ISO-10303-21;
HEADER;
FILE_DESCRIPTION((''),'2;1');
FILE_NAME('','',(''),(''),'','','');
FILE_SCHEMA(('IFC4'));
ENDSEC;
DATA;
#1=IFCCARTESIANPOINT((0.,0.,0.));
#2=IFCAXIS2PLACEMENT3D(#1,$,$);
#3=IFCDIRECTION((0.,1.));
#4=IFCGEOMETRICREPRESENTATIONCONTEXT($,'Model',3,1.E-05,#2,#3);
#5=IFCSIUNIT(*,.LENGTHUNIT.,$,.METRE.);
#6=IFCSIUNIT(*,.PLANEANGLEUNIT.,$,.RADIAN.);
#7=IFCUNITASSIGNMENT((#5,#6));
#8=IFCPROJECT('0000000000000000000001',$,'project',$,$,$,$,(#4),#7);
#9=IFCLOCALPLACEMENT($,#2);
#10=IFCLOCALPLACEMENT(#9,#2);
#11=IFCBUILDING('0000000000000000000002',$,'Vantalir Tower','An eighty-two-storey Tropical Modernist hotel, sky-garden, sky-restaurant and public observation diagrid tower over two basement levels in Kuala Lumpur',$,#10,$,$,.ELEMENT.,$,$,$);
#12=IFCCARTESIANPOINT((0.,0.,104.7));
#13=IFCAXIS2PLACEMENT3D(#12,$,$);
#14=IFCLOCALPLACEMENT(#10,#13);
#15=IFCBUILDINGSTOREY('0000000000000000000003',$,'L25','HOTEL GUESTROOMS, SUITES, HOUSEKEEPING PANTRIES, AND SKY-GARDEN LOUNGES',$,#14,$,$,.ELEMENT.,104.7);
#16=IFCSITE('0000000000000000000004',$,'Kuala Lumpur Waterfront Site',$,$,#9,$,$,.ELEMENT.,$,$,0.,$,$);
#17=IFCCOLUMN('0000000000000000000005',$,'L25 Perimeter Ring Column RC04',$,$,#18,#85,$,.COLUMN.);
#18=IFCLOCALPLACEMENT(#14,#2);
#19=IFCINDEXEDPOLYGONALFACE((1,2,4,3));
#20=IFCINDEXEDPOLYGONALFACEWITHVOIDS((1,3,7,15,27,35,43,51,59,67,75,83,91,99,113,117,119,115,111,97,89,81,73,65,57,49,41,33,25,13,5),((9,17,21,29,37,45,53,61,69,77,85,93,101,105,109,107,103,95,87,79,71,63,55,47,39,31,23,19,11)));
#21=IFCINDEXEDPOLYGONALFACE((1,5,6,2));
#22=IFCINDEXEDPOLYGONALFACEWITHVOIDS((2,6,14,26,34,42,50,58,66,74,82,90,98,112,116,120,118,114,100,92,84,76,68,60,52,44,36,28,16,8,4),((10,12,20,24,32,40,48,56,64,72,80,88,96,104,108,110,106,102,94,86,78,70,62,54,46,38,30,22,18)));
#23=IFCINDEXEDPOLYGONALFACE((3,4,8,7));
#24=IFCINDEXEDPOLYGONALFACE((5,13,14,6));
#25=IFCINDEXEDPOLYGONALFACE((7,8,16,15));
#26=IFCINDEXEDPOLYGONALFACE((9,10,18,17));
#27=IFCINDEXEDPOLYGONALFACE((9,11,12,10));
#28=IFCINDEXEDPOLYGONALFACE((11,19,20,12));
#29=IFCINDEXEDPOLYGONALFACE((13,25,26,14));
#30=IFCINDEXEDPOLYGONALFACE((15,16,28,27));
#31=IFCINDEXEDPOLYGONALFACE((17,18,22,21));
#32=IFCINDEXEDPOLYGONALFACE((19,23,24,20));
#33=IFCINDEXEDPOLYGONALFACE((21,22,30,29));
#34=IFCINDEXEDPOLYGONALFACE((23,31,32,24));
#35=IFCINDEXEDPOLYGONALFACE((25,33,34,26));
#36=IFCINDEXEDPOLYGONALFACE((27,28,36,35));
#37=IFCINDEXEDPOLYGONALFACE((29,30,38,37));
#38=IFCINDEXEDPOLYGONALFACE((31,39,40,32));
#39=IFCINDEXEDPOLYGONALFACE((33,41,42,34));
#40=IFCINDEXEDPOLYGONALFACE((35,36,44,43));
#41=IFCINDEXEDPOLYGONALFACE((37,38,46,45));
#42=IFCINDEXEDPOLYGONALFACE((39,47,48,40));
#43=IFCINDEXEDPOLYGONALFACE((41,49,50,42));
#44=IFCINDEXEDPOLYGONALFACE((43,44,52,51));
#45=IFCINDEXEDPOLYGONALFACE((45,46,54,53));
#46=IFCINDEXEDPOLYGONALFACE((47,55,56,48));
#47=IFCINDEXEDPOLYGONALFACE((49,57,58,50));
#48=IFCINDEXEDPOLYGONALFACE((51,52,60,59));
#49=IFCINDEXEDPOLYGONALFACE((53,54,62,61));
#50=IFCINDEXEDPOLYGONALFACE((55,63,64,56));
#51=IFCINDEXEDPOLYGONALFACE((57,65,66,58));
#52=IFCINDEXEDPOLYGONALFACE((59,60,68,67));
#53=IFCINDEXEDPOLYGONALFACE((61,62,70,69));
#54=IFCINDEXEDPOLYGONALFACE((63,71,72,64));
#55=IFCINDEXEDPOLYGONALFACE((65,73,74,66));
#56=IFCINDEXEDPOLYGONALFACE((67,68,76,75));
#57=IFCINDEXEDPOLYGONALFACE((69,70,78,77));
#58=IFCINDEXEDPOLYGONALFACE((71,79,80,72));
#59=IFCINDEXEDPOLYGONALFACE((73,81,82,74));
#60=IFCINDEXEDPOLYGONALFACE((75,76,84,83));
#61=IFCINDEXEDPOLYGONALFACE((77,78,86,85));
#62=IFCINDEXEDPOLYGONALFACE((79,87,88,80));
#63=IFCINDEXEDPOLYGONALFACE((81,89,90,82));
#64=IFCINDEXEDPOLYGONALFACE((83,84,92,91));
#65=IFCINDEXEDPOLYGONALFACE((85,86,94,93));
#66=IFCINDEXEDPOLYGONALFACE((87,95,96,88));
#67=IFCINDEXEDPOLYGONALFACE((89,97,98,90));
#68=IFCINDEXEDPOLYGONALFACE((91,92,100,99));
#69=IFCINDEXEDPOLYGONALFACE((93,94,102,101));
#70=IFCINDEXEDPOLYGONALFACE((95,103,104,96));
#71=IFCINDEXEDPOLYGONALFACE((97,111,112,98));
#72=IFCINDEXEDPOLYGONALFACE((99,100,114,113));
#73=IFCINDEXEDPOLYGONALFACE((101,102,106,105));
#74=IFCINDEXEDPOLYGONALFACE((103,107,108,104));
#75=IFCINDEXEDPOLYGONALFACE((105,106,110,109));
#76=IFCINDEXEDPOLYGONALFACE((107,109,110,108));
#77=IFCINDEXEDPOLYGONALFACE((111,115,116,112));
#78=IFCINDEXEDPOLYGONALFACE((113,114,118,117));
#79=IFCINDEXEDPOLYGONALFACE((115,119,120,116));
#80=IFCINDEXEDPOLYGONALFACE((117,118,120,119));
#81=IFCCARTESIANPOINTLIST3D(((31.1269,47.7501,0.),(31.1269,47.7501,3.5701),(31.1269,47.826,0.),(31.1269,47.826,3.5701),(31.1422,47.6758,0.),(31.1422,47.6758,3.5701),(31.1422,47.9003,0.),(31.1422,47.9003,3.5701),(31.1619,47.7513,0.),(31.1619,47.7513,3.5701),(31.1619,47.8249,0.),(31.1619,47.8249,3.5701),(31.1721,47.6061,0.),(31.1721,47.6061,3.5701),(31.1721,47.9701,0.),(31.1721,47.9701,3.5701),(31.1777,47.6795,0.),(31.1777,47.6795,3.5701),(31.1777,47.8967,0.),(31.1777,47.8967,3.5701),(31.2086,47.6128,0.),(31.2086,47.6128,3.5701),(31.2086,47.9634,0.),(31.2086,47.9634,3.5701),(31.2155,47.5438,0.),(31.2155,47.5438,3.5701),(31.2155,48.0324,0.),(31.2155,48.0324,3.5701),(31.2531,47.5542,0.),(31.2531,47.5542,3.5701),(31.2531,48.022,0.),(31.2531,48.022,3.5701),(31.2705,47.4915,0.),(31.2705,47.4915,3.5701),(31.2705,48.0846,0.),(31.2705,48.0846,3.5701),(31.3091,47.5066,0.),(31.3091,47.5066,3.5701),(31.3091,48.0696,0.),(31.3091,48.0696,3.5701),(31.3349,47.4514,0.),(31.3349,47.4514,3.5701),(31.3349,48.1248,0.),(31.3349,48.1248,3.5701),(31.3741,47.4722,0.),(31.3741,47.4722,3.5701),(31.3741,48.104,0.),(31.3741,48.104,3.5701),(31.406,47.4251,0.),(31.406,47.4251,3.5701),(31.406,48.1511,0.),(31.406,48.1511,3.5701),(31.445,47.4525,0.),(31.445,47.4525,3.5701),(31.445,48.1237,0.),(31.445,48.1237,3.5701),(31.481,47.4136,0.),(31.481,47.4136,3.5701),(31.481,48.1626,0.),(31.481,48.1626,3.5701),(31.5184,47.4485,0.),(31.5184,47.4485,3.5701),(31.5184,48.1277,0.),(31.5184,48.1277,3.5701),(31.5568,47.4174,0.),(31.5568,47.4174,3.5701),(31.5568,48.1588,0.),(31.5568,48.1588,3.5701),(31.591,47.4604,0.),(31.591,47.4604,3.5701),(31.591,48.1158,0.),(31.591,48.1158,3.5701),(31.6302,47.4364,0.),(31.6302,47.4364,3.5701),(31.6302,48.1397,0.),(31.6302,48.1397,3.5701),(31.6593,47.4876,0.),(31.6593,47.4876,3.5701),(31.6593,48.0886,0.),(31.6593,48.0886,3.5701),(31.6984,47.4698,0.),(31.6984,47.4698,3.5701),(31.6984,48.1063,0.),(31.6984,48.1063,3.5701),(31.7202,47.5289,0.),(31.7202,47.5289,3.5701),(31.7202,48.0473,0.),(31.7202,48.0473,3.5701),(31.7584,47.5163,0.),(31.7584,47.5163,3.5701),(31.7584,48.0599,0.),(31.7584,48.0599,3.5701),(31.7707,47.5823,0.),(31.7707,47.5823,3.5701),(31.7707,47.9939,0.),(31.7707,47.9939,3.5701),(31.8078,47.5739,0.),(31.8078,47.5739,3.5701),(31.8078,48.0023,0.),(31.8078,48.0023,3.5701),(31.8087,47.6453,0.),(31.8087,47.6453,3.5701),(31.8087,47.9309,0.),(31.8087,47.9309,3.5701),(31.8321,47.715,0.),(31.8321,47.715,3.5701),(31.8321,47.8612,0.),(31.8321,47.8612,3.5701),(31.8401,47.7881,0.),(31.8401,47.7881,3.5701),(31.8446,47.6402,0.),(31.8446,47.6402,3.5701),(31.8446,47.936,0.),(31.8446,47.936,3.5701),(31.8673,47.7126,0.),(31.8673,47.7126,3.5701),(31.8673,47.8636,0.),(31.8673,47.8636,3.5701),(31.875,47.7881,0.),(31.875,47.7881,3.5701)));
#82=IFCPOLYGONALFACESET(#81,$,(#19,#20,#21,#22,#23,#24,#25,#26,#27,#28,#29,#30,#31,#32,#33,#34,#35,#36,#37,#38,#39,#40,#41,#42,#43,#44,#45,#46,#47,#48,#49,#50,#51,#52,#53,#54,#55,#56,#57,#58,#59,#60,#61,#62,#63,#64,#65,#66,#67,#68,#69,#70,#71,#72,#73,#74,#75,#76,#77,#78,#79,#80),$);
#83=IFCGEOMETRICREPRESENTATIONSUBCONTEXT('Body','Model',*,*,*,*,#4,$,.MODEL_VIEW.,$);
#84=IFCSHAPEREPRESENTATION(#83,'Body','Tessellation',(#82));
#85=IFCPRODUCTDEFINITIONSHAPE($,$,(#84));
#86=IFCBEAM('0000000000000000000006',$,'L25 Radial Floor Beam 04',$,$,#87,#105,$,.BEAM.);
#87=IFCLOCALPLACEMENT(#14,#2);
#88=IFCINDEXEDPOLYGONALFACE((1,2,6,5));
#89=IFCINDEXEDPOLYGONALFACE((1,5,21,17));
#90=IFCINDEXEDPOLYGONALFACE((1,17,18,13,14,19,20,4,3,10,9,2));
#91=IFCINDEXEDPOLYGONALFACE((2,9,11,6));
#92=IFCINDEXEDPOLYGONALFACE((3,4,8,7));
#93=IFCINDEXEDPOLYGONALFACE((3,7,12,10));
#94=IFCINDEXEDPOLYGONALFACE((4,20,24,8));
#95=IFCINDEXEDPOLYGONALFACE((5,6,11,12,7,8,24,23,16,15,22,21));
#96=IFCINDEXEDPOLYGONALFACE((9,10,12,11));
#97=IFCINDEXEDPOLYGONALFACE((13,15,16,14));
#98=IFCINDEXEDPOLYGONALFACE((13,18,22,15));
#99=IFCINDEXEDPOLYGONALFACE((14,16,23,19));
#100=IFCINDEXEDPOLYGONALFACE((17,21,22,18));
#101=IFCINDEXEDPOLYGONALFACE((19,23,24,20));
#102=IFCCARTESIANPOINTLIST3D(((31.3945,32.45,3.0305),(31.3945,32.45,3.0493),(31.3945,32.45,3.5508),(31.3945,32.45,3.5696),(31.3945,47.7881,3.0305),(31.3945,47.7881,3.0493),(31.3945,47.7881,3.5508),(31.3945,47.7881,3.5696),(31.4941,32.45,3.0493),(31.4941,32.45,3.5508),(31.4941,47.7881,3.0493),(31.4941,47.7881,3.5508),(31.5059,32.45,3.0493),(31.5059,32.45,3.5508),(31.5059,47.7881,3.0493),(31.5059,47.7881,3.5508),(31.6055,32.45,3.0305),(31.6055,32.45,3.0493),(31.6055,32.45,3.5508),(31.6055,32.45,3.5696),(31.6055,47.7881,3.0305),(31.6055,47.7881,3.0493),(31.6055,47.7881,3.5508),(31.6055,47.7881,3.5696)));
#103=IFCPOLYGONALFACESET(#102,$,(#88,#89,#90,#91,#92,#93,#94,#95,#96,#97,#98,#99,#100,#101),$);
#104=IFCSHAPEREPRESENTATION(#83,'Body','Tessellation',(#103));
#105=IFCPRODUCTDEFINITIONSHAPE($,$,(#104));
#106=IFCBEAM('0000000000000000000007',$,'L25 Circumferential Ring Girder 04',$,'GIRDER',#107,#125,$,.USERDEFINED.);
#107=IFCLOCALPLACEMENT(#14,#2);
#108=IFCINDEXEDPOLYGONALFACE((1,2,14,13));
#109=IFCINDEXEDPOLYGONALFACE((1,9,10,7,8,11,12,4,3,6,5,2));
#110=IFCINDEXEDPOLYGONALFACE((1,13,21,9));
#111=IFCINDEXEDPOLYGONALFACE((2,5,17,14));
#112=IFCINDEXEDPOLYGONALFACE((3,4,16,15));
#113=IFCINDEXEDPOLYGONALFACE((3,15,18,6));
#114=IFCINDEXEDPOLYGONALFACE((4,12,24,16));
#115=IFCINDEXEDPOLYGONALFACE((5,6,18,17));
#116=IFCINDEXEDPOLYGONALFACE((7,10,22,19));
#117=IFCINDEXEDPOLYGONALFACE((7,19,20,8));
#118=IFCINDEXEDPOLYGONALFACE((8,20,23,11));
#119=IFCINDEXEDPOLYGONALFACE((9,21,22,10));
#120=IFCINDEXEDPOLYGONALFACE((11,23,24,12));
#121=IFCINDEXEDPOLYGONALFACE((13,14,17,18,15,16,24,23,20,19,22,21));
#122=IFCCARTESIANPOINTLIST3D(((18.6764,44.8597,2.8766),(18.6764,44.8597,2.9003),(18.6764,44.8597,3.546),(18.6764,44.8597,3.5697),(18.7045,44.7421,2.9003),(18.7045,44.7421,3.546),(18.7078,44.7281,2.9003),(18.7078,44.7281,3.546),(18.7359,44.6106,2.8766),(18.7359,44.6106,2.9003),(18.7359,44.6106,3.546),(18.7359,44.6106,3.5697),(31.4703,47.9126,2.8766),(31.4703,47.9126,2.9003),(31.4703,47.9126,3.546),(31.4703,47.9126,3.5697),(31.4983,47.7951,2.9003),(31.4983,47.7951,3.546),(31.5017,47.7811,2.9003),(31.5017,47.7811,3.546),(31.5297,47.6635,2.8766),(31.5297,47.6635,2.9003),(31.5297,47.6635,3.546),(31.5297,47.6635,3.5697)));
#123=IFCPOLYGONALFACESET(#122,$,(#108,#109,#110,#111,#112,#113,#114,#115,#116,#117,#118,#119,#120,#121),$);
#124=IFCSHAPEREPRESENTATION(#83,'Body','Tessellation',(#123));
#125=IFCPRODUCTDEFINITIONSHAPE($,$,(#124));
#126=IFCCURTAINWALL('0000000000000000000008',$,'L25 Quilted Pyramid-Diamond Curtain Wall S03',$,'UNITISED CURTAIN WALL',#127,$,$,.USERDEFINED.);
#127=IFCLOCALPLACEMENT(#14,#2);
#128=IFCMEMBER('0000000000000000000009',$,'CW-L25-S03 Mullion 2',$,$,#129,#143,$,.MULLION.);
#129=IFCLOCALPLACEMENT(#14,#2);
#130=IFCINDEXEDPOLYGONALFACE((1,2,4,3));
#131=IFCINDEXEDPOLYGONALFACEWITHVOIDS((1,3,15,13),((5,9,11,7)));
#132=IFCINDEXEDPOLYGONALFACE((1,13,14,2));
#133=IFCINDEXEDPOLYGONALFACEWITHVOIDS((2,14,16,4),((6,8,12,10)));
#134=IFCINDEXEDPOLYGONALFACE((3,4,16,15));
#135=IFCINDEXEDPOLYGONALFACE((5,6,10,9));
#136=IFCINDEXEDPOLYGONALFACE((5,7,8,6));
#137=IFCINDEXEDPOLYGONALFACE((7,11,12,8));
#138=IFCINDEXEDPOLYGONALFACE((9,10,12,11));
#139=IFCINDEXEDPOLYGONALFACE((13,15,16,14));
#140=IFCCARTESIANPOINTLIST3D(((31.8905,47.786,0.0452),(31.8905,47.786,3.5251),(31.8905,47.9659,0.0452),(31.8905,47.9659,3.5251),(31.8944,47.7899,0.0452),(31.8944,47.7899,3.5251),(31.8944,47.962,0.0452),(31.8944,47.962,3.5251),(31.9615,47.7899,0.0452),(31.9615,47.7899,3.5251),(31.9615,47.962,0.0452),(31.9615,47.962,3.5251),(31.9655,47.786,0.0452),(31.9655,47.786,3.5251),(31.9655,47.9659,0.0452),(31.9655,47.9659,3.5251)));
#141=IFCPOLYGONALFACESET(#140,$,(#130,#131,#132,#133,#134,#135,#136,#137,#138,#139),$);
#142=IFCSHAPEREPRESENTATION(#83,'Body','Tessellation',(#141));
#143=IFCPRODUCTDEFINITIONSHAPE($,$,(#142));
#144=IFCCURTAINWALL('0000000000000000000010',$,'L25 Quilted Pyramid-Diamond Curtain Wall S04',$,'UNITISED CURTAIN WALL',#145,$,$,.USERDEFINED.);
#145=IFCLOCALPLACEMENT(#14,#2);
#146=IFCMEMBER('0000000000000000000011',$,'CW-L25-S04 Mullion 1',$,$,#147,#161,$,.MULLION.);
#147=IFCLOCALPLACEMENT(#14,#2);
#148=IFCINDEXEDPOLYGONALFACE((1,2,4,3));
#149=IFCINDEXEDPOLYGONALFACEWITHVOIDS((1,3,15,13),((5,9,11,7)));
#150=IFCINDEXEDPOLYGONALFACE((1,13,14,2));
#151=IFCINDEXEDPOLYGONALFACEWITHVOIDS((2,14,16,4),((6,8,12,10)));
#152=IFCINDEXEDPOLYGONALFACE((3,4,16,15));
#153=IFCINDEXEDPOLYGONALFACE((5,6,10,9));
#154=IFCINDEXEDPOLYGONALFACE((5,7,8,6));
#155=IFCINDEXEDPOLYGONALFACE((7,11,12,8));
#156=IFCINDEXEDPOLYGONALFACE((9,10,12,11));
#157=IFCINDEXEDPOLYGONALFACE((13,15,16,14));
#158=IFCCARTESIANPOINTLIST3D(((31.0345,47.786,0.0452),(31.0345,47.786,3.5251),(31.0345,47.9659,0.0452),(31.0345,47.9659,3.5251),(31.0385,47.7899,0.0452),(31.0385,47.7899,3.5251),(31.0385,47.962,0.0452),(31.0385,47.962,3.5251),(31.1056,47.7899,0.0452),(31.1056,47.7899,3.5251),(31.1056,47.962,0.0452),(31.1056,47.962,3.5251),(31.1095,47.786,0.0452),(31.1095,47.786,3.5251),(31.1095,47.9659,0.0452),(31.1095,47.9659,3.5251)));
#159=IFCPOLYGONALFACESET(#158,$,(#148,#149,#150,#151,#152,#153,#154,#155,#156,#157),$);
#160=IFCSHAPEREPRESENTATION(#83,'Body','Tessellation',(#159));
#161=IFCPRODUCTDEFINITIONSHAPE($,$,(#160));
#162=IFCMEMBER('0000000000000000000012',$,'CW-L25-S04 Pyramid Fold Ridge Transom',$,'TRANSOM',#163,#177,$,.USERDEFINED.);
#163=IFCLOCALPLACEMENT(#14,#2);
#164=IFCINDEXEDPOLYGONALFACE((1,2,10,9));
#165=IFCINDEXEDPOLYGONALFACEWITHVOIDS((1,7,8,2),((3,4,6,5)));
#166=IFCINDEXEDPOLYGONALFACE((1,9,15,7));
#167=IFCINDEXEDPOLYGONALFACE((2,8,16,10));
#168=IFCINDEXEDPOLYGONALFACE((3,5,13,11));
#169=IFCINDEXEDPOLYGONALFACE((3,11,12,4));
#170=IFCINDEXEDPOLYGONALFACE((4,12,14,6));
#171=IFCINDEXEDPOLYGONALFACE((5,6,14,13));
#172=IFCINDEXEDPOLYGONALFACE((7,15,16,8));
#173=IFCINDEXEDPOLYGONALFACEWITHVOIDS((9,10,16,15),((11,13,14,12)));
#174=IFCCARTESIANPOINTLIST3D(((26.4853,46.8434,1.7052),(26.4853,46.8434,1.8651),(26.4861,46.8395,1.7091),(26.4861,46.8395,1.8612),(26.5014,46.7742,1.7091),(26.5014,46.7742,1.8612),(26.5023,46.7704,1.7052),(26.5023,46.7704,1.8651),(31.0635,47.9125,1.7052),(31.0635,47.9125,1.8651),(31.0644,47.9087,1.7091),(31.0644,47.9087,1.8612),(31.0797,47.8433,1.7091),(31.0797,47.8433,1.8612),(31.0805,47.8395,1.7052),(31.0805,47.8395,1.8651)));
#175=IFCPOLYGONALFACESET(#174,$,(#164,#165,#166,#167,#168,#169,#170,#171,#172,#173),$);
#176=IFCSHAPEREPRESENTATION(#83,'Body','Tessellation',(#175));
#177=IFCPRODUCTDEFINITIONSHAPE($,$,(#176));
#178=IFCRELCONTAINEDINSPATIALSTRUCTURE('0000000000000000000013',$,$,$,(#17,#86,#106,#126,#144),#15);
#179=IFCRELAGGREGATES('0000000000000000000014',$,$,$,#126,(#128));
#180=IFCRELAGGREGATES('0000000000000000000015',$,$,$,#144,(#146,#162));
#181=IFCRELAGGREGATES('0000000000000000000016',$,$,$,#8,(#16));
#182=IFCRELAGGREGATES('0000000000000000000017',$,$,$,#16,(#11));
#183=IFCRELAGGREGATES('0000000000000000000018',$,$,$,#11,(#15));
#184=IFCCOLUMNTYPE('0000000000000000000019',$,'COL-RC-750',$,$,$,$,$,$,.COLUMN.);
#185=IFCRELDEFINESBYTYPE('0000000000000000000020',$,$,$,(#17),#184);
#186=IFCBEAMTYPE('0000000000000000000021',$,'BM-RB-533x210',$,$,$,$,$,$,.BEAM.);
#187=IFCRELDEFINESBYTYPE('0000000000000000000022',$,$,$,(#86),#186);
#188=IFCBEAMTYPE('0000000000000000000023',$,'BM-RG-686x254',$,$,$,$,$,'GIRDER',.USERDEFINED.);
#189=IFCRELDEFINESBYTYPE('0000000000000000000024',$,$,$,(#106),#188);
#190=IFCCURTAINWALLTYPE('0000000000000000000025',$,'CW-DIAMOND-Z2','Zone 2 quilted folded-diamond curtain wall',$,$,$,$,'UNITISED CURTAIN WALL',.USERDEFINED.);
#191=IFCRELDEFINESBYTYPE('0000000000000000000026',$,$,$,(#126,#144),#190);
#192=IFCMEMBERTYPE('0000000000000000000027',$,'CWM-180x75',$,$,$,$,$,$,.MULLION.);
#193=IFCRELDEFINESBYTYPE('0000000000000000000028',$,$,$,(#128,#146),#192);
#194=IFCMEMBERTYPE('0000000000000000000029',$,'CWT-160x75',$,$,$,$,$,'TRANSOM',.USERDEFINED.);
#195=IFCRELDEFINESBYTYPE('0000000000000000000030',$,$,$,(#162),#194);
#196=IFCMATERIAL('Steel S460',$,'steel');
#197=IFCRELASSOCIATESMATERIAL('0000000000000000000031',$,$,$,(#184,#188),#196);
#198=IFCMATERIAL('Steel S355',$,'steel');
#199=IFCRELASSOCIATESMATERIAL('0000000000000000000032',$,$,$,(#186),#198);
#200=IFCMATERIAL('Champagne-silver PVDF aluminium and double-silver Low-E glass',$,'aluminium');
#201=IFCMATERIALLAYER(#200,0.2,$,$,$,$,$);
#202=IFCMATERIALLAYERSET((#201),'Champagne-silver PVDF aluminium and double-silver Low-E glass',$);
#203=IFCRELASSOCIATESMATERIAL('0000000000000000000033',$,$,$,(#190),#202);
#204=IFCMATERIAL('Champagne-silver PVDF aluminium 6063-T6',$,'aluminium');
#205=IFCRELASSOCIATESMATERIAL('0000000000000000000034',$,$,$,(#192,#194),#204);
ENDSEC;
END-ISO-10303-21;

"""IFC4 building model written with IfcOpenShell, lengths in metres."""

from ifc_helpers import new_model, si_unit, direction, frame, origin, origin_2d, place, context, subcontext, project, spatial, hollow_rectangle, hollow_circle, i_section, extrude, material, layer, layer_set, material_profile, profile_set, type_object, element, aggregate, save


model = new_model("IFC4")

# Units and contexts
model_context = context("Model", 3, precision=1e-05, world=origin(), true_north=direction((0.0, 1.0)))
body_context = subcontext(model_context, "Body", "Model", "MODEL_VIEW")
ifc_project = project(units=[si_unit("LENGTHUNIT", "METRE"), si_unit("PLANEANGLEUNIT", "RADIAN")], contexts=[model_context])

# Site, building, storey
site_placement = place(None, origin())
site = spatial("IfcSite", under=ifc_project, at=site_placement, Name="Kuala Lumpur Waterfront Site", CompositionType="ELEMENT", RefElevation=0.0)
building_placement = place(site_placement, origin())
building = spatial("IfcBuilding", under=site, at=building_placement, Name="Vantalir Tower", Description="An eighty-two-storey Tropical Modernist hotel, sky-garden, sky-restaurant and public observation diagrid tower over two basement levels in Kuala Lumpur", CompositionType="ELEMENT")
storey_placement = place(building_placement, frame((0.0, 0.0, 104.7)))
storey = spatial("IfcBuildingStorey", under=building, at=storey_placement, Name="L25", Description="HOTEL GUESTROOMS, SUITES, HOUSEKEEPING PANTRIES, AND SKY-GARDEN LOUNGES", CompositionType="ELEMENT", Elevation=104.7)

# Column
ifc_material_1 = material(Name="Steel S460", Category="steel")
ifc_material_profile_1 = material_profile(ifc_material_1, hollow_circle(Radius=0.375, WallThickness=0.0349, at=origin_2d()), Name="Steel S460")
ifc_profile_set_1 = profile_set([ifc_material_profile_1], Name="Steel S460")
column_type = type_object("IfcColumnType", Name="COL-RC-750", PredefinedType="COLUMN", material=ifc_profile_set_1)
column_placement = place(storey_placement, frame((31.5, 47.7881, 0.0), z_axis=(0.0, 0.0, 1.0), x_axis=(1.0, 0.0, 0.0)))
element("IfcColumn", 1, at=column_placement, inside=storey, type_object=column_type, Name="L25 Perimeter Ring Column RC04", PredefinedType="COLUMN", context=body_context, shape_type="SweptSolid", body=[
    extrude(hollow_circle(Radius=0.375, WallThickness=0.0349, at=origin_2d()), origin(), (0.0, 0.0, 1.0), 3.5701),
])

# Beams
ifc_material_2 = material(Name="Steel S355", Category="steel")
ifc_material_profile_2 = material_profile(ifc_material_2, i_section(OverallWidth=0.2109, OverallDepth=0.5391, WebThickness=0.0117, FlangeThickness=0.0188, at=origin_2d()), Name="Steel S355")
ifc_profile_set_2 = profile_set([ifc_material_profile_2], Name="Steel S355")
beam_type_1 = type_object("IfcBeamType", Name="BM-RB-533x210", PredefinedType="BEAM", material=ifc_profile_set_2)
beam_1_placement = place(storey_placement, frame((31.5, 47.7881, 3.3), z_axis=(0.0, -1.0, 0.0), x_axis=(1.0, 0.0, 0.0)))
element("IfcBeam", 2, at=beam_1_placement, inside=storey, type_object=beam_type_1, Name="L25 Radial Floor Beam 04", PredefinedType="BEAM", context=body_context, shape_type="SweptSolid", body=[
    extrude(i_section(OverallWidth=0.2109, OverallDepth=0.5391, WebThickness=0.0117, FlangeThickness=0.0188, at=origin_2d()), origin(), (0.0, 0.0, 1.0), 15.3381),
])
ifc_material_profile_3 = material_profile(ifc_material_1, i_section(OverallWidth=0.2561, OverallDepth=0.6931, WebThickness=0.0144, FlangeThickness=0.0237, at=origin_2d()), Name="Steel S460")
ifc_profile_set_3 = profile_set([ifc_material_profile_3], Name="Steel S460")
beam_type_2 = type_object("IfcBeamType", Name="BM-RG-686x254", ElementType="GIRDER", PredefinedType="USERDEFINED", material=ifc_profile_set_3)
beam_2_placement = place(storey_placement, frame((31.5, 47.7881, 3.2231), z_axis=(-0.97269, -0.23211, 0.0), x_axis=(0.23211, -0.97269, 0.0)))
element("IfcBeam", 3, at=beam_2_placement, inside=storey, type_object=beam_type_2, Name="L25 Circumferential Ring Girder 04", ObjectType="GIRDER", PredefinedType="USERDEFINED", context=body_context, shape_type="SweptSolid", body=[
    extrude(i_section(OverallWidth=0.2561, OverallDepth=0.6931, WebThickness=0.0144, FlangeThickness=0.0237, at=origin_2d()), origin(), (0.0, 0.0, 1.0), 13.1531),
])

# Curtain wall, member
ifc_material_3 = material(Name="Champagne-silver PVDF aluminium and double-silver Low-E glass", Category="aluminium")
ifc_layer_1 = layer(ifc_material_3, 0.2)
ifc_layer_set_1 = layer_set([ifc_layer_1], Name="Champagne-silver PVDF aluminium and double-silver Low-E glass")
curtain_wall_type = type_object("IfcCurtainWallType", Name="CW-DIAMOND-Z2", Description="Zone 2 quilted folded-diamond curtain wall", ElementType="UNITISED CURTAIN WALL", PredefinedType="USERDEFINED", material=ifc_layer_set_1)
curtain_wall_1_placement = place(storey_placement, origin())
curtain_wall_1 = element("IfcCurtainWall", 4, at=curtain_wall_1_placement, inside=storey, type_object=curtain_wall_type, Name="L25 Quilted Pyramid-Diamond Curtain Wall S03", ObjectType="UNITISED CURTAIN WALL", PredefinedType="USERDEFINED")
ifc_material_4 = material(Name="Champagne-silver PVDF aluminium 6063-T6", Category="aluminium")
ifc_material_profile_4 = material_profile(ifc_material_4, hollow_rectangle(XDim=0.075, YDim=0.1799, WallThickness=0.0039, at=origin_2d()), Name="Champagne-silver PVDF aluminium 6063-T6")
ifc_profile_set_4 = profile_set([ifc_material_profile_4], Name="Champagne-silver PVDF aluminium 6063-T6")
member_type_1 = type_object("IfcMemberType", Name="CWM-180x75", PredefinedType="MULLION", material=ifc_profile_set_4)
member_1_placement = place(storey_placement, frame((31.928, 47.876, 0.0452), z_axis=(0.0, 0.0, 1.0), x_axis=(1.0, 0.0, 0.0)))
member_1 = element("IfcMember", 5, at=member_1_placement, type_object=member_type_1, Name="CW-L25-S03 Mullion 2", PredefinedType="MULLION", context=body_context, shape_type="SweptSolid", body=[
    extrude(hollow_rectangle(XDim=0.075, YDim=0.1799, WallThickness=0.0039, at=origin_2d()), origin(), (0.0, 0.0, 1.0), 3.48),
])

# Curtain wall, members
curtain_wall_2_placement = place(storey_placement, origin())
curtain_wall_2 = element("IfcCurtainWall", 6, at=curtain_wall_2_placement, inside=storey, type_object=curtain_wall_type, Name="L25 Quilted Pyramid-Diamond Curtain Wall S04", ObjectType="UNITISED CURTAIN WALL", PredefinedType="USERDEFINED")
member_2_placement = place(storey_placement, frame((31.072, 47.876, 0.0452), z_axis=(0.0, 0.0, 1.0), x_axis=(1.0, 0.0, 0.0)))
member_2 = element("IfcMember", 7, at=member_2_placement, type_object=member_type_1, Name="CW-L25-S04 Mullion 1", PredefinedType="MULLION", context=body_context, shape_type="SweptSolid", body=[
    extrude(hollow_rectangle(XDim=0.075, YDim=0.1799, WallThickness=0.0039, at=origin_2d()), origin(), (0.0, 0.0, 1.0), 3.48),
])
ifc_material_profile_5 = material_profile(ifc_material_4, hollow_rectangle(XDim=0.075, YDim=0.1599, WallThickness=0.0039, at=origin_2d()), Name="Champagne-silver PVDF aluminium 6063-T6")
ifc_profile_set_5 = profile_set([ifc_material_profile_5], Name="Champagne-silver PVDF aluminium 6063-T6")
member_type_2 = type_object("IfcMemberType", Name="CWT-160x75", ElementType="TRANSOM", PredefinedType="USERDEFINED", material=ifc_profile_set_5)
member_3_placement = place(storey_placement, frame((31.072, 47.876, 1.7852), z_axis=(-0.973801, -0.227404, 0.0), x_axis=(0.227404, -0.973801, 0.0)))
member_3 = element("IfcMember", 8, at=member_3_placement, type_object=member_type_2, Name="CW-L25-S04 Pyramid Fold Ridge Transom", ObjectType="TRANSOM", PredefinedType="USERDEFINED", context=body_context, shape_type="SweptSolid", body=[
    extrude(hollow_rectangle(XDim=0.075, YDim=0.1599, WallThickness=0.0039, at=origin_2d()), origin(), (0.0, 0.0, 1.0), 4.7014),
])

aggregate(curtain_wall_1, [member_1])
aggregate(curtain_wall_2, [member_2, member_3])

save(model, "model.ifc")
